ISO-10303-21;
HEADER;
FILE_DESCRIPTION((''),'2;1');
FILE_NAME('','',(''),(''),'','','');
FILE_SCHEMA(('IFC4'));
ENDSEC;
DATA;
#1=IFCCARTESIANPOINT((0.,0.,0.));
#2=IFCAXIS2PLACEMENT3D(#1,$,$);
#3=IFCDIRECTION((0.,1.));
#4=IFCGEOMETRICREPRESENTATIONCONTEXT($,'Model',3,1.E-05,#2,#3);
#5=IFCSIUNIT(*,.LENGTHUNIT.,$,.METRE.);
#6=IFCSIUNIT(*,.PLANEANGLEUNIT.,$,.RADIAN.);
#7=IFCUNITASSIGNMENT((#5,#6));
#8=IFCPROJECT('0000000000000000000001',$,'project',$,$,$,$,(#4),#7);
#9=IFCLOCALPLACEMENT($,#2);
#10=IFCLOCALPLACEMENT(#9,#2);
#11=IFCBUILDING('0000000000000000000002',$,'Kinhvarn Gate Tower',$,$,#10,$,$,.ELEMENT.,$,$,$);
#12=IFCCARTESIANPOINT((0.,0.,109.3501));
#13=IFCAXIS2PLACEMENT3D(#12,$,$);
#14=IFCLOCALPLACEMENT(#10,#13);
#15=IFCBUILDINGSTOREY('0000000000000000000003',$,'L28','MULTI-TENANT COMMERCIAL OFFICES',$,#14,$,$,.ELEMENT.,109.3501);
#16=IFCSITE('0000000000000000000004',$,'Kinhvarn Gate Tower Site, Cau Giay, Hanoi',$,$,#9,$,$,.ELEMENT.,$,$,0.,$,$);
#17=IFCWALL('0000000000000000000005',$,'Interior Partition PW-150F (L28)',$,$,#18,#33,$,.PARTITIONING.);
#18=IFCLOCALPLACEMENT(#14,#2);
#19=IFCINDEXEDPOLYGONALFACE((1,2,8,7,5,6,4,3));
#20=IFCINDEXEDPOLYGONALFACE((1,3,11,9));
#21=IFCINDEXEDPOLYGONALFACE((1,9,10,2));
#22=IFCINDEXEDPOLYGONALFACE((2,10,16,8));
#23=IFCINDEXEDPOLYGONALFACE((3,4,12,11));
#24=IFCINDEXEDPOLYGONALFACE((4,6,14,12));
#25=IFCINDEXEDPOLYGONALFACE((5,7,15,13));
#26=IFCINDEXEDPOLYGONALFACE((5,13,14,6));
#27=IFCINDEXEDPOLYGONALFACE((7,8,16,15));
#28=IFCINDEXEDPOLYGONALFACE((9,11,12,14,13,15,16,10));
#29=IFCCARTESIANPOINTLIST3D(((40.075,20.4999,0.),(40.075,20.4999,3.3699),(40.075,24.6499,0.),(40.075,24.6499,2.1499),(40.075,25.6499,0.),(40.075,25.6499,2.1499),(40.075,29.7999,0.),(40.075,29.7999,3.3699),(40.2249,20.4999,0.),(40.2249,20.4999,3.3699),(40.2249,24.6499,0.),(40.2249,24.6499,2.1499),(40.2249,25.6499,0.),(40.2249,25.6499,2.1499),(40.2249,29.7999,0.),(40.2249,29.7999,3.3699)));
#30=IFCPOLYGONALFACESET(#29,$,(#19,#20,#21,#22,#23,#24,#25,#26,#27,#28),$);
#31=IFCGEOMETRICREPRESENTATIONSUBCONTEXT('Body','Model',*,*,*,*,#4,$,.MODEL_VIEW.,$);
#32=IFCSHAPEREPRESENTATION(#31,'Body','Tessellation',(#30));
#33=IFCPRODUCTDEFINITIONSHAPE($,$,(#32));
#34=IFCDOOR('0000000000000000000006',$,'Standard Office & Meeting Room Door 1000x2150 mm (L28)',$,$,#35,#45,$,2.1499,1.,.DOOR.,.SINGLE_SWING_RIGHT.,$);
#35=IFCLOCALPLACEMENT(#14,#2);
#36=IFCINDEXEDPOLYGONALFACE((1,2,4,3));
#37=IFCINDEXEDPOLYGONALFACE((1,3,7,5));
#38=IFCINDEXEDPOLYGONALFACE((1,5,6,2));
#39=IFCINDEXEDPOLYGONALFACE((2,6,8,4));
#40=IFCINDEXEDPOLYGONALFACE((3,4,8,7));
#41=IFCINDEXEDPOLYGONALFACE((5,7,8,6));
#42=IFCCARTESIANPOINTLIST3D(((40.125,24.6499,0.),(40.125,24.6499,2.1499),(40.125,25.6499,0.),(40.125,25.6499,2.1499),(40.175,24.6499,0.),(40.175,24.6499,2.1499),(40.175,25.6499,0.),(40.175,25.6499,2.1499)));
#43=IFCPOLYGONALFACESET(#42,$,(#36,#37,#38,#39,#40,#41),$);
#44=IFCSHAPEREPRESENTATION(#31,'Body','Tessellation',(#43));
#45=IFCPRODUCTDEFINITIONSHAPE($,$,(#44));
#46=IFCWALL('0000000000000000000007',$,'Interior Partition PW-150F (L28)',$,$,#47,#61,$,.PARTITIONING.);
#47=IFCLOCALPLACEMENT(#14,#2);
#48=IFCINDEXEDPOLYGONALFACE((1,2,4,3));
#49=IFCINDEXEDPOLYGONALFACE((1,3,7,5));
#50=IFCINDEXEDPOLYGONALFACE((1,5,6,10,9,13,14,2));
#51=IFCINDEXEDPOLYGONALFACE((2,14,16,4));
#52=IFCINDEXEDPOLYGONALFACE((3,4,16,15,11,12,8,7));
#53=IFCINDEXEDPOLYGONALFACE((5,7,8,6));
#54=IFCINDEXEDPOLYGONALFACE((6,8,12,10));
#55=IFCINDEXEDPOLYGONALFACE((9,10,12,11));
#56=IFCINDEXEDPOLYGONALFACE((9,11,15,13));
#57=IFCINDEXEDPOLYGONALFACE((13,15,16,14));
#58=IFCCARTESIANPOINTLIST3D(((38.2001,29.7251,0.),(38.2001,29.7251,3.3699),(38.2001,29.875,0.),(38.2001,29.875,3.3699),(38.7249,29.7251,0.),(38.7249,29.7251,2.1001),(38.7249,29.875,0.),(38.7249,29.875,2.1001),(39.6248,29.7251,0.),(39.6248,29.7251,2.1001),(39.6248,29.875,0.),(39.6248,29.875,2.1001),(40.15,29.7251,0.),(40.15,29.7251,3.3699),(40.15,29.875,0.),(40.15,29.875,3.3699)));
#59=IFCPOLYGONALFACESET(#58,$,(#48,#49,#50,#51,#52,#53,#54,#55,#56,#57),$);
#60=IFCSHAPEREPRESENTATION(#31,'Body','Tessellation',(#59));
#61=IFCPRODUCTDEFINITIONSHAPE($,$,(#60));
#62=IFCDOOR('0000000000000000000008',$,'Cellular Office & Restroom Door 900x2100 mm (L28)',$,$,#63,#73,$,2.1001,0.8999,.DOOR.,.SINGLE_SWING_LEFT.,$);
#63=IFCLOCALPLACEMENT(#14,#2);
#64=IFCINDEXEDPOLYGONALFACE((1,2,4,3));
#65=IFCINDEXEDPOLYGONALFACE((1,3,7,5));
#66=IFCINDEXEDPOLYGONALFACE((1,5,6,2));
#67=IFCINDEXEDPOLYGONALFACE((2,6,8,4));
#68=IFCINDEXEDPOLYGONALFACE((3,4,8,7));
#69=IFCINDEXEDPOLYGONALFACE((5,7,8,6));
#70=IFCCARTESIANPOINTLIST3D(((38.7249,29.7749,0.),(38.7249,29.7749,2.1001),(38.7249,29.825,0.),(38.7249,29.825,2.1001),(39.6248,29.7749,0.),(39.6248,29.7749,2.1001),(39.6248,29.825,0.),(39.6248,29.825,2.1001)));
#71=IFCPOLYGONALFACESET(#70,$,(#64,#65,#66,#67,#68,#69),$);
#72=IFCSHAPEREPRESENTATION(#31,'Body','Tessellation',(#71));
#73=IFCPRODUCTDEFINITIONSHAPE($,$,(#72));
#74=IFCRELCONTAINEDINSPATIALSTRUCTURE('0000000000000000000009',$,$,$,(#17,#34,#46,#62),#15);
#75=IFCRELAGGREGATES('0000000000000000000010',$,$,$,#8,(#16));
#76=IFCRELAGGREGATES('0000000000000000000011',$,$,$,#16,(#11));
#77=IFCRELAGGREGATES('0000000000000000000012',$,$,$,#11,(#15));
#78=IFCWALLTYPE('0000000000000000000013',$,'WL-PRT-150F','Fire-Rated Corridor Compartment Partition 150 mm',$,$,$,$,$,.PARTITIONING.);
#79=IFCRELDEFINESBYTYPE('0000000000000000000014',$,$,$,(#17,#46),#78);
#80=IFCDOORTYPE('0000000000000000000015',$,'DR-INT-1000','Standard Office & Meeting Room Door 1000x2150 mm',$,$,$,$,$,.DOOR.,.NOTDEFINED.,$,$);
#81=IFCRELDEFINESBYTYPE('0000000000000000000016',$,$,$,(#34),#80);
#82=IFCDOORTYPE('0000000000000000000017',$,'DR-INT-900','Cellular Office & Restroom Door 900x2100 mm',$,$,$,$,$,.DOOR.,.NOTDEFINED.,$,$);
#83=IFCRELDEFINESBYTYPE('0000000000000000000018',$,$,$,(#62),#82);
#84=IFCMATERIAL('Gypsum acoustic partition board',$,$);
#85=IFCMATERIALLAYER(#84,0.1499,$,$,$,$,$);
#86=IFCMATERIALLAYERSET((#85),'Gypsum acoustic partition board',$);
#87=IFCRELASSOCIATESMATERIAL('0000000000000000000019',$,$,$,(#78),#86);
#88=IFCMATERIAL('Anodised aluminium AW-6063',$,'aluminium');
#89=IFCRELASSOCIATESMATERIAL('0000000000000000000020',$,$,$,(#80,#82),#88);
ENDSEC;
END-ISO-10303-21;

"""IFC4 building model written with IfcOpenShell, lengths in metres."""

from ifc_helpers import new_model, si_unit, direction, frame, frame_2d, origin, place, context, subcontext, project, spatial, rectangle, extrude, material, layer, layer_set, type_object, element, fill, save


model = new_model("IFC4")

# Units and contexts
model_context = context("Model", 3, precision=1e-05, world=origin(), true_north=direction((0.0, 1.0)))
body_context = subcontext(model_context, "Body", "Model", "MODEL_VIEW")
ifc_project = project(units=[si_unit("LENGTHUNIT", "METRE"), si_unit("PLANEANGLEUNIT", "RADIAN")], contexts=[model_context])

# Site, building, storey
site_placement = place(None, origin())
site = spatial("IfcSite", under=ifc_project, at=site_placement, Name="Kinhvarn Gate Tower Site, Cau Giay, Hanoi", CompositionType="ELEMENT", RefElevation=0.0)
building_placement = place(site_placement, origin())
building = spatial("IfcBuilding", under=site, at=building_placement, Name="Kinhvarn Gate Tower", CompositionType="ELEMENT")
storey_placement = place(building_placement, frame((0.0, 0.0, 109.3501)))
storey = spatial("IfcBuildingStorey", under=building, at=storey_placement, Name="L28", Description="MULTI-TENANT COMMERCIAL OFFICES", CompositionType="ELEMENT", Elevation=109.3501)

# Shared definitions
ifc_material_1 = material(Name="Anodised aluminium AW-6063", Category="aluminium")

# Shared definitions
ifc_material_2 = material(Name="Gypsum acoustic partition board")

# Walls, openings, doors
ifc_layer_1 = layer(ifc_material_2, 0.1499)
ifc_layer_set_1 = layer_set([ifc_layer_1], Name="Gypsum acoustic partition board")
wall_type_1 = type_object("IfcWallType", Name="WL-PRT-150F", Description="Fire-Rated Corridor Compartment Partition 150 mm", PredefinedType="PARTITIONING", material=ifc_layer_set_1)
wall_1_placement = place(storey_placement, frame((40.1499, 20.5, 0.0), z_axis=(0.0, 0.0, 1.0), x_axis=(0.0, 1.0, 0.0)))
wall_1 = element("IfcWall", 1, at=wall_1_placement, inside=storey, type_object=wall_type_1, Name="Interior Partition PW-150F (L28)", PredefinedType="PARTITIONING", context=body_context, shape_type="SweptSolid", body=[
    extrude(rectangle(XDim=9.3, YDim=0.1499, at=frame_2d((4.6499, 0.0))), origin(), (0.0, 0.0, 1.0), 3.3699),
])
opening_1_placement = place(wall_1_placement, frame((4.1499, 0.0, 0.0)))
opening_1 = element("IfcOpeningElement", 2, at=opening_1_placement, cuts=wall_1, PredefinedType="OPENING", context=body_context, shape_type="SweptSolid", body=[
    extrude(rectangle(XDim=1.0, YDim=2.1499, at=frame_2d((0.5, 1.075))), frame((0.0, 0.085, 0.0), z_axis=(0.0, -1.0, 0.0), x_axis=(1.0, 0.0, 0.0)), (0.0, 0.0, 1.0), 0.1699),
])
door_type_1 = type_object("IfcDoorType", Name="DR-INT-1000", Description="Standard Office & Meeting Room Door 1000x2150 mm", OperationType="NOTDEFINED", PredefinedType="DOOR", material=ifc_material_1)
door_1_placement = place(opening_1_placement, origin())
door_1 = element("IfcDoor", 3, at=door_1_placement, inside=storey, type_object=door_type_1, Name="Standard Office & Meeting Room Door 1000x2150 mm (L28)", OperationType="SINGLE_SWING_RIGHT", OverallHeight=2.1499, OverallWidth=1.0, PredefinedType="DOOR", context=body_context, shape_type="SweptSolid", body=[
    extrude(rectangle(XDim=1.0, YDim=2.1499, at=frame_2d((0.5, 1.075))), frame((0.0, 0.0249, 0.0), z_axis=(0.0, -1.0, 0.0), x_axis=(1.0, 0.0, 0.0)), (0.0, 0.0, 1.0), 0.05),
])
fill(opening_1, door_1)
wall_2_placement = place(storey_placement, frame((38.2, 29.8, 0.0), z_axis=(0.0, 0.0, 1.0), x_axis=(1.0, 0.0, 0.0)))
wall_2 = element("IfcWall", 4, at=wall_2_placement, inside=storey, type_object=wall_type_1, Name="Interior Partition PW-150F (L28)", PredefinedType="PARTITIONING", context=body_context, shape_type="SweptSolid", body=[
    extrude(rectangle(XDim=1.95, YDim=0.1499, at=frame_2d((0.9751, 0.0))), origin(), (0.0, 0.0, 1.0), 3.3699),
])
opening_2_placement = place(wall_2_placement, frame((0.5249, 0.0, 0.0)))
opening_2 = element("IfcOpeningElement", 5, at=opening_2_placement, cuts=wall_2, PredefinedType="OPENING", context=body_context, shape_type="SweptSolid", body=[
    extrude(rectangle(XDim=0.8999, YDim=2.1001, at=frame_2d((0.45, 1.05))), frame((0.0, 0.085, 0.0), z_axis=(0.0, -1.0, 0.0), x_axis=(1.0, 0.0, 0.0)), (0.0, 0.0, 1.0), 0.1699),
])
door_type_2 = type_object("IfcDoorType", Name="DR-INT-900", Description="Cellular Office & Restroom Door 900x2100 mm", OperationType="NOTDEFINED", PredefinedType="DOOR", material=ifc_material_1)
door_2_placement = place(opening_2_placement, origin())
door_2 = element("IfcDoor", 6, at=door_2_placement, inside=storey, type_object=door_type_2, Name="Cellular Office & Restroom Door 900x2100 mm (L28)", OperationType="SINGLE_SWING_LEFT", OverallHeight=2.1001, OverallWidth=0.8999, PredefinedType="DOOR", context=body_context, shape_type="SweptSolid", body=[
    extrude(rectangle(XDim=0.8999, YDim=2.1001, at=frame_2d((0.45, 1.05))), frame((0.0, 0.0249, 0.0), z_axis=(0.0, -1.0, 0.0), x_axis=(1.0, 0.0, 0.0)), (0.0, 0.0, 1.0), 0.05),
])
fill(opening_2, door_2)

save(model, "model.ifc")
